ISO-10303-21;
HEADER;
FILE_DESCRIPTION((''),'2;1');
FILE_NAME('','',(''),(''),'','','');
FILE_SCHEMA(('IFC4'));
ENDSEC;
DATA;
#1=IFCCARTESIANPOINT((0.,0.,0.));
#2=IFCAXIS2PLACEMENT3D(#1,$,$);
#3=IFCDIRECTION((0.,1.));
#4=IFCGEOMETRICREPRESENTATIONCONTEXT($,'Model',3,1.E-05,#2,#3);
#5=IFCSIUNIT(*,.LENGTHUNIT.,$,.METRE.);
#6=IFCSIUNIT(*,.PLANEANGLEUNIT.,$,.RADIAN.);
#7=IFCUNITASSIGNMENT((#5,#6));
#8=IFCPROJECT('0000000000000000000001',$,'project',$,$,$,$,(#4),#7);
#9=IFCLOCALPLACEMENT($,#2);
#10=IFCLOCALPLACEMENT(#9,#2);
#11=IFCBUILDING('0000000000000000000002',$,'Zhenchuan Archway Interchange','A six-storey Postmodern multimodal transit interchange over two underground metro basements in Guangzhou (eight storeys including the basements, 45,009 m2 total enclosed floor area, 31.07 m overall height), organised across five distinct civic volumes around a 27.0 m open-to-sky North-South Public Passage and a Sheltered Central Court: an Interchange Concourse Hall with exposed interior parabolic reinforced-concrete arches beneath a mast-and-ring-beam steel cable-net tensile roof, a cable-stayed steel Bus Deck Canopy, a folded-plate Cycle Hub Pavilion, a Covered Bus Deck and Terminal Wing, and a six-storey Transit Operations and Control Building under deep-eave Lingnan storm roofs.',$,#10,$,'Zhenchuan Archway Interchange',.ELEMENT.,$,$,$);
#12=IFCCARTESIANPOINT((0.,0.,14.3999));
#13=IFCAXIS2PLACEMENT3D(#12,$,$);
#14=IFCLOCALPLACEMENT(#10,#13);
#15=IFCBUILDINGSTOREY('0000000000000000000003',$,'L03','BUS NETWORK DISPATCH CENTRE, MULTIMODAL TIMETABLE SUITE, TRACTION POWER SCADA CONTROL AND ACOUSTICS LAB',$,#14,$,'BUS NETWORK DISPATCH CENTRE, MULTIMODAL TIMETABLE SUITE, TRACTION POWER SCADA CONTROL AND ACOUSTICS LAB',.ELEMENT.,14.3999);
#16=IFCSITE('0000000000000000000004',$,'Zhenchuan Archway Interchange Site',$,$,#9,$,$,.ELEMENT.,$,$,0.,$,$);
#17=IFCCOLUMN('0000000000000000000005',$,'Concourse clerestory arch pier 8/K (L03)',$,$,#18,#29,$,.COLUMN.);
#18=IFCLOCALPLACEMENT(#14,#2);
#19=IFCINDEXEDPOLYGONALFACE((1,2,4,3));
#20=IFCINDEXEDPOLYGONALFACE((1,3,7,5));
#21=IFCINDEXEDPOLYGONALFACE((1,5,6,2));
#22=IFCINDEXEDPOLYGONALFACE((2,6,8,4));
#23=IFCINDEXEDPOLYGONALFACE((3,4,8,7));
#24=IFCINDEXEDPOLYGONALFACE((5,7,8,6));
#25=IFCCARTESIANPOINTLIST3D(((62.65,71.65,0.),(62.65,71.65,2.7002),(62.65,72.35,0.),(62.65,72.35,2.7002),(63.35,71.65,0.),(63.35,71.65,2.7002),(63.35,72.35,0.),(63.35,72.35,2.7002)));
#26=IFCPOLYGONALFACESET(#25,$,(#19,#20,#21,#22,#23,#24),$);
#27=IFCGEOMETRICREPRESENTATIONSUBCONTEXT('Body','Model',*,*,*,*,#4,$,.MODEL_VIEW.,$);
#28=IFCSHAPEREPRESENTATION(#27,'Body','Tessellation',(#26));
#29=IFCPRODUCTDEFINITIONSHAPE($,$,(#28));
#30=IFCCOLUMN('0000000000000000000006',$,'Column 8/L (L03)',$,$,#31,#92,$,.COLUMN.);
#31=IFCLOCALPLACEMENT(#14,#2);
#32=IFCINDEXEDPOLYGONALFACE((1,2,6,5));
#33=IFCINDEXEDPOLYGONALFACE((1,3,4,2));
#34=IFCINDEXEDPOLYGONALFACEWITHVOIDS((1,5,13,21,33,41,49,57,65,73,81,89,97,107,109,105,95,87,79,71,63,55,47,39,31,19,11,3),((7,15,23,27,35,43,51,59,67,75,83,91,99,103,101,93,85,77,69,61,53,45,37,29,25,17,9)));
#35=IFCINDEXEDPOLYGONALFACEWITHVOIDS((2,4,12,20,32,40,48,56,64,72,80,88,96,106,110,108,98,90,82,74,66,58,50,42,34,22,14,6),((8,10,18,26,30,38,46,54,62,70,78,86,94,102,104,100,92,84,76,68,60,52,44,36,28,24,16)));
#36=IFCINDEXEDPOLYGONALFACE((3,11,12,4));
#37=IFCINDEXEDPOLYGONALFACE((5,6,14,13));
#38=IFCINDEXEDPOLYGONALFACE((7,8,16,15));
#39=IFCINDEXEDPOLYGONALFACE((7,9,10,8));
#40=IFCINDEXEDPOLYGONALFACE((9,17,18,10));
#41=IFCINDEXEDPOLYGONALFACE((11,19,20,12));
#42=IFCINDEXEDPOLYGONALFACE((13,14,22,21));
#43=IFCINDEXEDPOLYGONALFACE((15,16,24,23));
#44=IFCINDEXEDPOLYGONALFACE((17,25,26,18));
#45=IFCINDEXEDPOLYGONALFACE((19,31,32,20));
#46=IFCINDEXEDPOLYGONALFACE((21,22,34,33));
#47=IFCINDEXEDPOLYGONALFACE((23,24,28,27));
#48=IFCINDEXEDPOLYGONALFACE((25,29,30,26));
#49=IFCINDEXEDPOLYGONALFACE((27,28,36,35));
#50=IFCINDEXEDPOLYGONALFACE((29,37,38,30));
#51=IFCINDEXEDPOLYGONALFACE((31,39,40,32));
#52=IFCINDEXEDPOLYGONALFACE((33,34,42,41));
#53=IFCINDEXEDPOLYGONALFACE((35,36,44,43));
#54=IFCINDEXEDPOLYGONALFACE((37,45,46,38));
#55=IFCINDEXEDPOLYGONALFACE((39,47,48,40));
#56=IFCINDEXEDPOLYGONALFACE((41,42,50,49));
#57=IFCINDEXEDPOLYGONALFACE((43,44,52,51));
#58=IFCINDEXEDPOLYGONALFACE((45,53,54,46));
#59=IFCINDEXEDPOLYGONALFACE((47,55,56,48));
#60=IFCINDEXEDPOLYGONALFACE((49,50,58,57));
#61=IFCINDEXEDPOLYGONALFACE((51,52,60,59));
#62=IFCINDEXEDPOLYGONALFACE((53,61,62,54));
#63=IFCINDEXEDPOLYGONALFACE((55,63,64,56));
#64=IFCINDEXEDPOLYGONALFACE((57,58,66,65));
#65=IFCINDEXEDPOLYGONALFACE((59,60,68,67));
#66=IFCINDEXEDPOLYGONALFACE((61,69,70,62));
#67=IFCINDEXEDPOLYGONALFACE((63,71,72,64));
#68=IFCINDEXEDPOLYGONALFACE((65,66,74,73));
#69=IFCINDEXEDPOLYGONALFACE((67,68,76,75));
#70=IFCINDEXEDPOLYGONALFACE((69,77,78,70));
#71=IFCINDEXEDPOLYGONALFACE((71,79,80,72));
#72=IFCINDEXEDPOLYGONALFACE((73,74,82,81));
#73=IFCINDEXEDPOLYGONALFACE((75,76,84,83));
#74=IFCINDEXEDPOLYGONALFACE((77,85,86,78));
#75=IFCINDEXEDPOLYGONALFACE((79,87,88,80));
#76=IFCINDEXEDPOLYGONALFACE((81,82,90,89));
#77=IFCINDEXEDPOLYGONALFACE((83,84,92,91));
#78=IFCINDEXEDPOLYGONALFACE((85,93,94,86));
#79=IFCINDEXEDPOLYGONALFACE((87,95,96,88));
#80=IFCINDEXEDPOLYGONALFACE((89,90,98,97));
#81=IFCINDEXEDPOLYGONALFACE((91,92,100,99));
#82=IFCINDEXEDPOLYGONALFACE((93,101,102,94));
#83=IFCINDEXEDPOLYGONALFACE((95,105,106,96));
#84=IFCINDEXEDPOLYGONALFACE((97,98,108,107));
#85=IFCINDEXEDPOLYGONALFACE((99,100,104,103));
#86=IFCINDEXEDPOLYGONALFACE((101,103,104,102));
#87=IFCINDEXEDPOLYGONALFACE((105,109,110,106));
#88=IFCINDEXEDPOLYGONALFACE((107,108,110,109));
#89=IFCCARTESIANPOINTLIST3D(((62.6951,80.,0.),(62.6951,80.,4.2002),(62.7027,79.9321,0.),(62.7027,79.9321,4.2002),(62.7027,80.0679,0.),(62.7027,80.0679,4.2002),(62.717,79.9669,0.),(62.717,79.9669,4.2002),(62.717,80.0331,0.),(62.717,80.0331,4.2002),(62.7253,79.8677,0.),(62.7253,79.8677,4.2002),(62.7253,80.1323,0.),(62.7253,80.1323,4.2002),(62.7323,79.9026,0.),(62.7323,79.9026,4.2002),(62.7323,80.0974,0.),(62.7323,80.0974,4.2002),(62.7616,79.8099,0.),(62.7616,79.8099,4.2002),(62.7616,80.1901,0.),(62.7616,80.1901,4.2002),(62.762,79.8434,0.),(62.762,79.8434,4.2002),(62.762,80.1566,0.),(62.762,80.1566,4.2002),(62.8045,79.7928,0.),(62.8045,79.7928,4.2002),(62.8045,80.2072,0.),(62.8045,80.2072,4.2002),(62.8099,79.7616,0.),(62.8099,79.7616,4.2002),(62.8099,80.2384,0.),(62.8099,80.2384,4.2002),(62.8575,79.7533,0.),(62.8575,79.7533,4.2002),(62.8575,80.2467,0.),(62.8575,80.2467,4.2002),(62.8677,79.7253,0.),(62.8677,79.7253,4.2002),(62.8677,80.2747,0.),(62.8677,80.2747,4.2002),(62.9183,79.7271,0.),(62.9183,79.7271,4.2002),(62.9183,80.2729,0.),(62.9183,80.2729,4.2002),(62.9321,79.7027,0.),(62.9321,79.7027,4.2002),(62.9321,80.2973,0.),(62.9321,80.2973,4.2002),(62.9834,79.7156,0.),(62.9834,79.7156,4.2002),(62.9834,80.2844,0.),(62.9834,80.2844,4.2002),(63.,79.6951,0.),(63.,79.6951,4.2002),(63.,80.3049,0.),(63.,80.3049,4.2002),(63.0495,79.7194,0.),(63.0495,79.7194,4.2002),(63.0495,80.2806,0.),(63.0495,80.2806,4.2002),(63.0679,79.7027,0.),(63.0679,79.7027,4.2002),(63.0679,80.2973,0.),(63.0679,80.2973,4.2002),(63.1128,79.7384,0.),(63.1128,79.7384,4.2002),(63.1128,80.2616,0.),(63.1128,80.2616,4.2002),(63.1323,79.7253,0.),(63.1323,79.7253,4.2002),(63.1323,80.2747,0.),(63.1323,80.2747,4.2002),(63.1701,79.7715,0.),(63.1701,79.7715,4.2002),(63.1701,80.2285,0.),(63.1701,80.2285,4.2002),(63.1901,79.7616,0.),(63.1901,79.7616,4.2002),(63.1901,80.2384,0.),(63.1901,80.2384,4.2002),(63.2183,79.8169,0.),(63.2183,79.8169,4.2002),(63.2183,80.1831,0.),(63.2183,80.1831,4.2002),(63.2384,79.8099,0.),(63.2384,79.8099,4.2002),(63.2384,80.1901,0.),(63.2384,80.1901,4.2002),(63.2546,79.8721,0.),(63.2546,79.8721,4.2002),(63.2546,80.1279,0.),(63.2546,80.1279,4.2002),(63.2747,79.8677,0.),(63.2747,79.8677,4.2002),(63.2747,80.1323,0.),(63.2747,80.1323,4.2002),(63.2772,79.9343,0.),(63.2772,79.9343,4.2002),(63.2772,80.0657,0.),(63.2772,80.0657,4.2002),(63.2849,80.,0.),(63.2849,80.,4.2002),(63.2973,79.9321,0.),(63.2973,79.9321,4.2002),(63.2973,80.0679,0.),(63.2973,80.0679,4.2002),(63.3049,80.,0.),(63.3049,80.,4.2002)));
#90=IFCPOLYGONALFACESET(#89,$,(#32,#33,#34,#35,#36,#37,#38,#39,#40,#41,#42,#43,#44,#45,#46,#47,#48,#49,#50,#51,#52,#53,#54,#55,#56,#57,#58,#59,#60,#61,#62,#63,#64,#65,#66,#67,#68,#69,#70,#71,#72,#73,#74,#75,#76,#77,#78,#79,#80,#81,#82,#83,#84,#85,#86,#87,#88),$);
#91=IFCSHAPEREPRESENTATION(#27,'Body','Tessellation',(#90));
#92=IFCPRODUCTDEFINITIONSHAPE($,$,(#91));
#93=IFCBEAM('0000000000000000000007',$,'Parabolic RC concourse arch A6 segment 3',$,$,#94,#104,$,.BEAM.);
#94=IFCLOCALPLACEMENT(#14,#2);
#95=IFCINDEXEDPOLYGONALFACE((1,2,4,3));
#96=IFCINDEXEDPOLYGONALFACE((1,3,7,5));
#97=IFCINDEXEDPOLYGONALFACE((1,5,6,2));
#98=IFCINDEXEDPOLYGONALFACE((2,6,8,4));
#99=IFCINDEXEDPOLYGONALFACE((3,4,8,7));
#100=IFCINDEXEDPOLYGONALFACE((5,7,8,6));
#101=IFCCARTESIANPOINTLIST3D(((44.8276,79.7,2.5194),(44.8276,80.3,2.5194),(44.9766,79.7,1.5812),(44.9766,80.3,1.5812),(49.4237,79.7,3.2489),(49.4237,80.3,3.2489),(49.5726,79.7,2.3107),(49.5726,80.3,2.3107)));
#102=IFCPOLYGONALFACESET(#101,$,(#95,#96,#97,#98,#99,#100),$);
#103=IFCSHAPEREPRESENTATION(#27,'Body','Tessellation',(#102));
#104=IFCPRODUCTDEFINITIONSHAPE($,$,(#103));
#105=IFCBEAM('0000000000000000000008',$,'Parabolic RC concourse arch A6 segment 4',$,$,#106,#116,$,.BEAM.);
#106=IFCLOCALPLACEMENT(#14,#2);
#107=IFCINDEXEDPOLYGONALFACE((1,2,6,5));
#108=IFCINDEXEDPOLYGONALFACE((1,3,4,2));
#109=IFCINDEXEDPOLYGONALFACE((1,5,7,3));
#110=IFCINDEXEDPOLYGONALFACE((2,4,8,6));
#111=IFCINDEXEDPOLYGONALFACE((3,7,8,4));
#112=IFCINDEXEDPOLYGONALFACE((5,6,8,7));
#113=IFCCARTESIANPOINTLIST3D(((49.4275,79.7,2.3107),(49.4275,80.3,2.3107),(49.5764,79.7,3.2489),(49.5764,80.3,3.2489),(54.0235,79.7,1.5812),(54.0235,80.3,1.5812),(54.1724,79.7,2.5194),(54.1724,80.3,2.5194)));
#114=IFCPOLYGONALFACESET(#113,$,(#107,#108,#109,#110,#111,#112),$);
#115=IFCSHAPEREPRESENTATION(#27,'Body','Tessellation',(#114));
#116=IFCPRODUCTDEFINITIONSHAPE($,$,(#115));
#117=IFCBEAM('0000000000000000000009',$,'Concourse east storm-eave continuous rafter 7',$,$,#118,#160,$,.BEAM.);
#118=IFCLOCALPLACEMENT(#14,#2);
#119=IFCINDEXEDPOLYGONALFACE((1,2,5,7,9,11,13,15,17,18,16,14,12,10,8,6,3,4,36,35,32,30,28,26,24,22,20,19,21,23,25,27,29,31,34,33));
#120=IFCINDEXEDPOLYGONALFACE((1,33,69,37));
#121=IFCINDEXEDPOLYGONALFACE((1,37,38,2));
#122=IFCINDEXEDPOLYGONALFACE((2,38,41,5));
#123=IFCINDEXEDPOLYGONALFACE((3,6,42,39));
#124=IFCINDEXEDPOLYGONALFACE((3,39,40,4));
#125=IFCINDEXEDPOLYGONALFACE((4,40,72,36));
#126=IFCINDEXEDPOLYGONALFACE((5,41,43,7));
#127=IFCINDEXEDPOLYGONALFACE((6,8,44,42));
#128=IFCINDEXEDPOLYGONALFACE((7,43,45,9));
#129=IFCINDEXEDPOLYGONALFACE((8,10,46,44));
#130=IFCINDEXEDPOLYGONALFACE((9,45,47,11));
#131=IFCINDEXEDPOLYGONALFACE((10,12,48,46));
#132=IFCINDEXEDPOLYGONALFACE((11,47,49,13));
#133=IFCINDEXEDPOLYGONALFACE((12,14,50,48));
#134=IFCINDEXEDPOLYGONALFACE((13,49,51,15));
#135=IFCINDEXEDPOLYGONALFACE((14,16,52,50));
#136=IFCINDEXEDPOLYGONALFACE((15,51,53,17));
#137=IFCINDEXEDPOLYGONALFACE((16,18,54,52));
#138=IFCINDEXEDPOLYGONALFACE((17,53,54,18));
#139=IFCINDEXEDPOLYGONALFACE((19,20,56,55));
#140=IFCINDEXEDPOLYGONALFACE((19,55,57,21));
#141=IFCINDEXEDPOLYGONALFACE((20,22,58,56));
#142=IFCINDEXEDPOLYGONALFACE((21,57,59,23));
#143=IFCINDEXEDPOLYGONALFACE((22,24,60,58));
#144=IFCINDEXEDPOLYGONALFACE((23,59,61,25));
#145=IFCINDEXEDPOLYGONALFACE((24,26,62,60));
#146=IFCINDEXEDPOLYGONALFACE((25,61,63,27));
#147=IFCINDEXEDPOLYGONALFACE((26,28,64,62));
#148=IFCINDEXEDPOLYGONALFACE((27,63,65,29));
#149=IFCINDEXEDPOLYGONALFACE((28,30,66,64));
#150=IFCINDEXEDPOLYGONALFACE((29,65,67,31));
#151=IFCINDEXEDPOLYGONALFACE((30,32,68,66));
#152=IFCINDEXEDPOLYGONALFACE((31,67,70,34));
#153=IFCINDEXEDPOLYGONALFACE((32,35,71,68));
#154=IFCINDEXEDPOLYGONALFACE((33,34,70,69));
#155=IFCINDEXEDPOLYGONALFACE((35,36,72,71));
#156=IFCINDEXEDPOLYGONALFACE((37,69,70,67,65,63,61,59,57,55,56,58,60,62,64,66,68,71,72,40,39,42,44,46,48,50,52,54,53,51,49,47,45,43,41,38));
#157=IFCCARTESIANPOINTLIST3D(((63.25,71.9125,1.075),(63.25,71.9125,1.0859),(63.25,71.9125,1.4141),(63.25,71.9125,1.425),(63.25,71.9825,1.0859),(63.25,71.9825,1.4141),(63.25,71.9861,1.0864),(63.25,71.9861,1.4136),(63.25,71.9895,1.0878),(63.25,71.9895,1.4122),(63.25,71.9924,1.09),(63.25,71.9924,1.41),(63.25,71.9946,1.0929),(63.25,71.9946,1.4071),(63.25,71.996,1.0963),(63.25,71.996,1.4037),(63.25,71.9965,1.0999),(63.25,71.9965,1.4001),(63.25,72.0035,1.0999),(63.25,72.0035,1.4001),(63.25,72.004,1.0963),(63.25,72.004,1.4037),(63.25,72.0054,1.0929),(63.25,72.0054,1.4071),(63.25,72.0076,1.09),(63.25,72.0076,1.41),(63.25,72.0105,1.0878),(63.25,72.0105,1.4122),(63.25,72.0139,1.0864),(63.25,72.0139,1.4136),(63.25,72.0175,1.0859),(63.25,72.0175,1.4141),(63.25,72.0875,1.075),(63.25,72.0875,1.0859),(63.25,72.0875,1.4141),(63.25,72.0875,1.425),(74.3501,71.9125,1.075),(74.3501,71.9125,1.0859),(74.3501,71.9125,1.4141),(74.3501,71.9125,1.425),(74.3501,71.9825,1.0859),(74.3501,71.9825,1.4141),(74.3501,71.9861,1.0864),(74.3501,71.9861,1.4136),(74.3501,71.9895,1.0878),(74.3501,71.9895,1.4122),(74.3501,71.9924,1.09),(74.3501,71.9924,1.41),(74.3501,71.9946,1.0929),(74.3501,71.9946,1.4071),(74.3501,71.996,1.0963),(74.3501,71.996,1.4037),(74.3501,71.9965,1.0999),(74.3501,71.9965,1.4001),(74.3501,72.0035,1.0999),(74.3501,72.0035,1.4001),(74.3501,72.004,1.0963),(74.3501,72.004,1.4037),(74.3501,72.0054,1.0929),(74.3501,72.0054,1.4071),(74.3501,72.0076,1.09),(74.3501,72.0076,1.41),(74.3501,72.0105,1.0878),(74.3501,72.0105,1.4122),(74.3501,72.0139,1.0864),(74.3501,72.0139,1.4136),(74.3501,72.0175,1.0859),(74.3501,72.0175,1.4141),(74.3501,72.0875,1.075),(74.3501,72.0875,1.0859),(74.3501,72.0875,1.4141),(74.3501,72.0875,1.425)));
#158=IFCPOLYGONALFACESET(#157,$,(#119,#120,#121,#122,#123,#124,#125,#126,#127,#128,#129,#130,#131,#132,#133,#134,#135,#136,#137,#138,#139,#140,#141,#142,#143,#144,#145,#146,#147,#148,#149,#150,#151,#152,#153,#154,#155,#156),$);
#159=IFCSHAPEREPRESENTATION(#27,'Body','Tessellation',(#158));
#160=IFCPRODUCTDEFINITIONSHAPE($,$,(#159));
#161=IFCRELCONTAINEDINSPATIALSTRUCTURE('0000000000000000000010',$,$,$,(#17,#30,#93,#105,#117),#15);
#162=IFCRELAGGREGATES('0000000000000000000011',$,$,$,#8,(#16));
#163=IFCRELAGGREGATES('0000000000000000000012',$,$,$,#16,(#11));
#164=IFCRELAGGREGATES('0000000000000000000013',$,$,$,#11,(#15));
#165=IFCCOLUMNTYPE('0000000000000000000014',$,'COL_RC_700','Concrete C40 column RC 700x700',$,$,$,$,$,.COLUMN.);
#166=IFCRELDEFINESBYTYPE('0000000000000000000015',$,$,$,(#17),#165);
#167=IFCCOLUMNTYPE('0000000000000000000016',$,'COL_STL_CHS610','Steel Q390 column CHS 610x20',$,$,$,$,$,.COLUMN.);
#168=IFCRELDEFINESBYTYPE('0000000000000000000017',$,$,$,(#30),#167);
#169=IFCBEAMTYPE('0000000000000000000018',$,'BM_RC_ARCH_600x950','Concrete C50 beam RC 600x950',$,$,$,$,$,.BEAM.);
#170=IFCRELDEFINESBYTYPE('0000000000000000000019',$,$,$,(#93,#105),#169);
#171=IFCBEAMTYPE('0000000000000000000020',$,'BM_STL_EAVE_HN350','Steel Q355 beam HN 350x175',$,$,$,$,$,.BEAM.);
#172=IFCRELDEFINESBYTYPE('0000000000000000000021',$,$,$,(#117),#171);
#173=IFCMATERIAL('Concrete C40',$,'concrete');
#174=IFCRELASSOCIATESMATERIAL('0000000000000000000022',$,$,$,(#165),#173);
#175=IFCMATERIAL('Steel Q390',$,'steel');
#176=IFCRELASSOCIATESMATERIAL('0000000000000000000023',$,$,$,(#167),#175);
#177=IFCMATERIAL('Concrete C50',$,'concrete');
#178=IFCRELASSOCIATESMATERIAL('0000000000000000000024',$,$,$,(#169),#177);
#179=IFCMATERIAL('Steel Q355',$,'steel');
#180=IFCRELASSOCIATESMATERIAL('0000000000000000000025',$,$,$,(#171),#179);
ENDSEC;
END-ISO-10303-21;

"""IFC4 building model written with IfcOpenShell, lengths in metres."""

from ifc_helpers import new_model, si_unit, direction, frame, origin, origin_2d, place, context, subcontext, project, spatial, rectangle, hollow_circle, i_section, extrude, material, material_profile, profile_set, type_object, element, save


model = new_model("IFC4")

# Units and contexts
model_context = context("Model", 3, precision=1e-05, world=origin(), true_north=direction((0.0, 1.0)))
body_context = subcontext(model_context, "Body", "Model", "MODEL_VIEW")
ifc_project = project(units=[si_unit("LENGTHUNIT", "METRE"), si_unit("PLANEANGLEUNIT", "RADIAN")], contexts=[model_context])

# Site, building, storey
site_placement = place(None, origin())
site = spatial("IfcSite", under=ifc_project, at=site_placement, Name="Zhenchuan Archway Interchange Site", CompositionType="ELEMENT", RefElevation=0.0)
building_placement = place(site_placement, origin())
building = spatial("IfcBuilding", under=site, at=building_placement, Name="Zhenchuan Archway Interchange", Description="A six-storey Postmodern multimodal transit interchange over two underground metro basements in Guangzhou (eight storeys including the basements, 45,009 m2 total enclosed floor area, 31.07 m overall height), organised across five distinct civic volumes around a 27.0 m open-to-sky North-South Public Passage and a Sheltered Central Court: an Interchange Concourse Hall with exposed interior parabolic reinforced-concrete arches beneath a mast-and-ring-beam steel cable-net tensile roof, a cable-stayed steel Bus Deck Canopy, a folded-plate Cycle Hub Pavilion, a Covered Bus Deck and Terminal Wing, and a six-storey Transit Operations and Control Building under deep-eave Lingnan storm roofs.", LongName="Zhenchuan Archway Interchange", CompositionType="ELEMENT")
storey_placement = place(building_placement, frame((0.0, 0.0, 14.3999)))
storey = spatial("IfcBuildingStorey", under=building, at=storey_placement, Name="L03", Description="BUS NETWORK DISPATCH CENTRE, MULTIMODAL TIMETABLE SUITE, TRACTION POWER SCADA CONTROL AND ACOUSTICS LAB", LongName="BUS NETWORK DISPATCH CENTRE, MULTIMODAL TIMETABLE SUITE, TRACTION POWER SCADA CONTROL AND ACOUSTICS LAB", CompositionType="ELEMENT", Elevation=14.3999)

# Columns
ifc_material_1 = material(Name="Concrete C40", Category="concrete")
ifc_material_profile_1 = material_profile(ifc_material_1, rectangle(XDim=0.7, YDim=0.7, at=origin_2d()), Name="RC 700x700")
ifc_profile_set_1 = profile_set([ifc_material_profile_1], Name="Concrete C40")
column_type_1 = type_object("IfcColumnType", Name="COL_RC_700", Description="Concrete C40 column RC 700x700", PredefinedType="COLUMN", material=ifc_profile_set_1)
column_1_placement = place(storey_placement, frame((63.0, 72.0, 0.0), z_axis=(0.0, 0.0, 1.0), x_axis=(1.0, 0.0, 0.0)))
element("IfcColumn", 1, at=column_1_placement, inside=storey, type_object=column_type_1, Name="Concourse clerestory arch pier 8/K (L03)", PredefinedType="COLUMN", context=body_context, shape_type="SweptSolid", body=[
    extrude(rectangle(XDim=0.7, YDim=0.7, at=origin_2d()), origin(), (0.0, 0.0, 1.0), 2.7002),
])
ifc_material_2 = material(Name="Steel Q390", Category="steel")
ifc_material_profile_2 = material_profile(ifc_material_2, hollow_circle(Radius=0.3049, WallThickness=0.02, at=origin_2d()), Name="CHS 610x20")
ifc_profile_set_2 = profile_set([ifc_material_profile_2], Name="Steel Q390")
column_type_2 = type_object("IfcColumnType", Name="COL_STL_CHS610", Description="Steel Q390 column CHS 610x20", PredefinedType="COLUMN", material=ifc_profile_set_2)
column_2_placement = place(storey_placement, frame((63.0, 80.0, 0.0), z_axis=(0.0, 0.0, 1.0), x_axis=(1.0, 0.0, 0.0)))
element("IfcColumn", 2, at=column_2_placement, inside=storey, type_object=column_type_2, Name="Column 8/L (L03)", PredefinedType="COLUMN", context=body_context, shape_type="SweptSolid", body=[
    extrude(hollow_circle(Radius=0.3049, WallThickness=0.02, at=origin_2d()), origin(), (0.0, 0.0, 1.0), 4.2002),
])

# Beams
ifc_material_3 = material(Name="Concrete C50", Category="concrete")
ifc_material_profile_3 = material_profile(ifc_material_3, rectangle(XDim=0.6001, YDim=0.95, at=origin_2d()), Name="RC 600x950")
ifc_profile_set_3 = profile_set([ifc_material_profile_3], Name="Concrete C50")
beam_type_1 = type_object("IfcBeamType", Name="BM_RC_ARCH_600x950", Description="Concrete C50 beam RC 600x950", PredefinedType="BEAM", material=ifc_profile_set_3)
for number, where, z_axis, x_axis, name in (
    (3, (44.9021, 80.0, 2.0503), (0.987636, 0.0, 0.156763), (0.0, 1.0, 0.0), "Parabolic RC concourse arch A6 segment 3"),
    (4, (49.502, 80.0, 2.7798), (0.987636, 0.0, -0.156763), (0.0, 1.0, 0.0), "Parabolic RC concourse arch A6 segment 4"),
):
    element("IfcBeam", number, at=place(storey_placement, frame(where, z_axis=z_axis, x_axis=x_axis)), inside=storey, type_object=beam_type_1, Name=name, PredefinedType="BEAM", context=body_context, shape_type="SweptSolid", body=[
        extrude(rectangle(XDim=0.6001, YDim=0.95, at=origin_2d()), origin(), (0.0, 0.0, 1.0), 4.6536),
    ])
ifc_material_4 = material(Name="Steel Q355", Category="steel")
ifc_material_profile_4 = material_profile(ifc_material_4, i_section(OverallWidth=0.175, OverallDepth=0.3501, WebThickness=0.0071, FlangeThickness=0.011, FilletRadius=0.0139, at=origin_2d()), Name="HN 350x175")
ifc_profile_set_4 = profile_set([ifc_material_profile_4], Name="Steel Q355")
beam_type_2 = type_object("IfcBeamType", Name="BM_STL_EAVE_HN350", Description="Steel Q355 beam HN 350x175", PredefinedType="BEAM", material=ifc_profile_set_4)
for number, where, z_axis, x_axis, name in (
    (5, (63.25, 72.0, 1.25), (1.0, 0.0, 0.0), (0.0, 1.0, 0.0), "Concourse east storm-eave continuous rafter 7"),
):
    element("IfcBeam", number, at=place(storey_placement, frame(where, z_axis=z_axis, x_axis=x_axis)), inside=storey, type_object=beam_type_2, Name=name, PredefinedType="BEAM", context=body_context, shape_type="SweptSolid", body=[
        extrude(i_section(OverallWidth=0.175, OverallDepth=0.3501, WebThickness=0.0071, FlangeThickness=0.011, FilletRadius=0.0139, at=origin_2d()), origin(), (0.0, 0.0, 1.0), 11.1001),
    ])

save(model, "model.ifc")
